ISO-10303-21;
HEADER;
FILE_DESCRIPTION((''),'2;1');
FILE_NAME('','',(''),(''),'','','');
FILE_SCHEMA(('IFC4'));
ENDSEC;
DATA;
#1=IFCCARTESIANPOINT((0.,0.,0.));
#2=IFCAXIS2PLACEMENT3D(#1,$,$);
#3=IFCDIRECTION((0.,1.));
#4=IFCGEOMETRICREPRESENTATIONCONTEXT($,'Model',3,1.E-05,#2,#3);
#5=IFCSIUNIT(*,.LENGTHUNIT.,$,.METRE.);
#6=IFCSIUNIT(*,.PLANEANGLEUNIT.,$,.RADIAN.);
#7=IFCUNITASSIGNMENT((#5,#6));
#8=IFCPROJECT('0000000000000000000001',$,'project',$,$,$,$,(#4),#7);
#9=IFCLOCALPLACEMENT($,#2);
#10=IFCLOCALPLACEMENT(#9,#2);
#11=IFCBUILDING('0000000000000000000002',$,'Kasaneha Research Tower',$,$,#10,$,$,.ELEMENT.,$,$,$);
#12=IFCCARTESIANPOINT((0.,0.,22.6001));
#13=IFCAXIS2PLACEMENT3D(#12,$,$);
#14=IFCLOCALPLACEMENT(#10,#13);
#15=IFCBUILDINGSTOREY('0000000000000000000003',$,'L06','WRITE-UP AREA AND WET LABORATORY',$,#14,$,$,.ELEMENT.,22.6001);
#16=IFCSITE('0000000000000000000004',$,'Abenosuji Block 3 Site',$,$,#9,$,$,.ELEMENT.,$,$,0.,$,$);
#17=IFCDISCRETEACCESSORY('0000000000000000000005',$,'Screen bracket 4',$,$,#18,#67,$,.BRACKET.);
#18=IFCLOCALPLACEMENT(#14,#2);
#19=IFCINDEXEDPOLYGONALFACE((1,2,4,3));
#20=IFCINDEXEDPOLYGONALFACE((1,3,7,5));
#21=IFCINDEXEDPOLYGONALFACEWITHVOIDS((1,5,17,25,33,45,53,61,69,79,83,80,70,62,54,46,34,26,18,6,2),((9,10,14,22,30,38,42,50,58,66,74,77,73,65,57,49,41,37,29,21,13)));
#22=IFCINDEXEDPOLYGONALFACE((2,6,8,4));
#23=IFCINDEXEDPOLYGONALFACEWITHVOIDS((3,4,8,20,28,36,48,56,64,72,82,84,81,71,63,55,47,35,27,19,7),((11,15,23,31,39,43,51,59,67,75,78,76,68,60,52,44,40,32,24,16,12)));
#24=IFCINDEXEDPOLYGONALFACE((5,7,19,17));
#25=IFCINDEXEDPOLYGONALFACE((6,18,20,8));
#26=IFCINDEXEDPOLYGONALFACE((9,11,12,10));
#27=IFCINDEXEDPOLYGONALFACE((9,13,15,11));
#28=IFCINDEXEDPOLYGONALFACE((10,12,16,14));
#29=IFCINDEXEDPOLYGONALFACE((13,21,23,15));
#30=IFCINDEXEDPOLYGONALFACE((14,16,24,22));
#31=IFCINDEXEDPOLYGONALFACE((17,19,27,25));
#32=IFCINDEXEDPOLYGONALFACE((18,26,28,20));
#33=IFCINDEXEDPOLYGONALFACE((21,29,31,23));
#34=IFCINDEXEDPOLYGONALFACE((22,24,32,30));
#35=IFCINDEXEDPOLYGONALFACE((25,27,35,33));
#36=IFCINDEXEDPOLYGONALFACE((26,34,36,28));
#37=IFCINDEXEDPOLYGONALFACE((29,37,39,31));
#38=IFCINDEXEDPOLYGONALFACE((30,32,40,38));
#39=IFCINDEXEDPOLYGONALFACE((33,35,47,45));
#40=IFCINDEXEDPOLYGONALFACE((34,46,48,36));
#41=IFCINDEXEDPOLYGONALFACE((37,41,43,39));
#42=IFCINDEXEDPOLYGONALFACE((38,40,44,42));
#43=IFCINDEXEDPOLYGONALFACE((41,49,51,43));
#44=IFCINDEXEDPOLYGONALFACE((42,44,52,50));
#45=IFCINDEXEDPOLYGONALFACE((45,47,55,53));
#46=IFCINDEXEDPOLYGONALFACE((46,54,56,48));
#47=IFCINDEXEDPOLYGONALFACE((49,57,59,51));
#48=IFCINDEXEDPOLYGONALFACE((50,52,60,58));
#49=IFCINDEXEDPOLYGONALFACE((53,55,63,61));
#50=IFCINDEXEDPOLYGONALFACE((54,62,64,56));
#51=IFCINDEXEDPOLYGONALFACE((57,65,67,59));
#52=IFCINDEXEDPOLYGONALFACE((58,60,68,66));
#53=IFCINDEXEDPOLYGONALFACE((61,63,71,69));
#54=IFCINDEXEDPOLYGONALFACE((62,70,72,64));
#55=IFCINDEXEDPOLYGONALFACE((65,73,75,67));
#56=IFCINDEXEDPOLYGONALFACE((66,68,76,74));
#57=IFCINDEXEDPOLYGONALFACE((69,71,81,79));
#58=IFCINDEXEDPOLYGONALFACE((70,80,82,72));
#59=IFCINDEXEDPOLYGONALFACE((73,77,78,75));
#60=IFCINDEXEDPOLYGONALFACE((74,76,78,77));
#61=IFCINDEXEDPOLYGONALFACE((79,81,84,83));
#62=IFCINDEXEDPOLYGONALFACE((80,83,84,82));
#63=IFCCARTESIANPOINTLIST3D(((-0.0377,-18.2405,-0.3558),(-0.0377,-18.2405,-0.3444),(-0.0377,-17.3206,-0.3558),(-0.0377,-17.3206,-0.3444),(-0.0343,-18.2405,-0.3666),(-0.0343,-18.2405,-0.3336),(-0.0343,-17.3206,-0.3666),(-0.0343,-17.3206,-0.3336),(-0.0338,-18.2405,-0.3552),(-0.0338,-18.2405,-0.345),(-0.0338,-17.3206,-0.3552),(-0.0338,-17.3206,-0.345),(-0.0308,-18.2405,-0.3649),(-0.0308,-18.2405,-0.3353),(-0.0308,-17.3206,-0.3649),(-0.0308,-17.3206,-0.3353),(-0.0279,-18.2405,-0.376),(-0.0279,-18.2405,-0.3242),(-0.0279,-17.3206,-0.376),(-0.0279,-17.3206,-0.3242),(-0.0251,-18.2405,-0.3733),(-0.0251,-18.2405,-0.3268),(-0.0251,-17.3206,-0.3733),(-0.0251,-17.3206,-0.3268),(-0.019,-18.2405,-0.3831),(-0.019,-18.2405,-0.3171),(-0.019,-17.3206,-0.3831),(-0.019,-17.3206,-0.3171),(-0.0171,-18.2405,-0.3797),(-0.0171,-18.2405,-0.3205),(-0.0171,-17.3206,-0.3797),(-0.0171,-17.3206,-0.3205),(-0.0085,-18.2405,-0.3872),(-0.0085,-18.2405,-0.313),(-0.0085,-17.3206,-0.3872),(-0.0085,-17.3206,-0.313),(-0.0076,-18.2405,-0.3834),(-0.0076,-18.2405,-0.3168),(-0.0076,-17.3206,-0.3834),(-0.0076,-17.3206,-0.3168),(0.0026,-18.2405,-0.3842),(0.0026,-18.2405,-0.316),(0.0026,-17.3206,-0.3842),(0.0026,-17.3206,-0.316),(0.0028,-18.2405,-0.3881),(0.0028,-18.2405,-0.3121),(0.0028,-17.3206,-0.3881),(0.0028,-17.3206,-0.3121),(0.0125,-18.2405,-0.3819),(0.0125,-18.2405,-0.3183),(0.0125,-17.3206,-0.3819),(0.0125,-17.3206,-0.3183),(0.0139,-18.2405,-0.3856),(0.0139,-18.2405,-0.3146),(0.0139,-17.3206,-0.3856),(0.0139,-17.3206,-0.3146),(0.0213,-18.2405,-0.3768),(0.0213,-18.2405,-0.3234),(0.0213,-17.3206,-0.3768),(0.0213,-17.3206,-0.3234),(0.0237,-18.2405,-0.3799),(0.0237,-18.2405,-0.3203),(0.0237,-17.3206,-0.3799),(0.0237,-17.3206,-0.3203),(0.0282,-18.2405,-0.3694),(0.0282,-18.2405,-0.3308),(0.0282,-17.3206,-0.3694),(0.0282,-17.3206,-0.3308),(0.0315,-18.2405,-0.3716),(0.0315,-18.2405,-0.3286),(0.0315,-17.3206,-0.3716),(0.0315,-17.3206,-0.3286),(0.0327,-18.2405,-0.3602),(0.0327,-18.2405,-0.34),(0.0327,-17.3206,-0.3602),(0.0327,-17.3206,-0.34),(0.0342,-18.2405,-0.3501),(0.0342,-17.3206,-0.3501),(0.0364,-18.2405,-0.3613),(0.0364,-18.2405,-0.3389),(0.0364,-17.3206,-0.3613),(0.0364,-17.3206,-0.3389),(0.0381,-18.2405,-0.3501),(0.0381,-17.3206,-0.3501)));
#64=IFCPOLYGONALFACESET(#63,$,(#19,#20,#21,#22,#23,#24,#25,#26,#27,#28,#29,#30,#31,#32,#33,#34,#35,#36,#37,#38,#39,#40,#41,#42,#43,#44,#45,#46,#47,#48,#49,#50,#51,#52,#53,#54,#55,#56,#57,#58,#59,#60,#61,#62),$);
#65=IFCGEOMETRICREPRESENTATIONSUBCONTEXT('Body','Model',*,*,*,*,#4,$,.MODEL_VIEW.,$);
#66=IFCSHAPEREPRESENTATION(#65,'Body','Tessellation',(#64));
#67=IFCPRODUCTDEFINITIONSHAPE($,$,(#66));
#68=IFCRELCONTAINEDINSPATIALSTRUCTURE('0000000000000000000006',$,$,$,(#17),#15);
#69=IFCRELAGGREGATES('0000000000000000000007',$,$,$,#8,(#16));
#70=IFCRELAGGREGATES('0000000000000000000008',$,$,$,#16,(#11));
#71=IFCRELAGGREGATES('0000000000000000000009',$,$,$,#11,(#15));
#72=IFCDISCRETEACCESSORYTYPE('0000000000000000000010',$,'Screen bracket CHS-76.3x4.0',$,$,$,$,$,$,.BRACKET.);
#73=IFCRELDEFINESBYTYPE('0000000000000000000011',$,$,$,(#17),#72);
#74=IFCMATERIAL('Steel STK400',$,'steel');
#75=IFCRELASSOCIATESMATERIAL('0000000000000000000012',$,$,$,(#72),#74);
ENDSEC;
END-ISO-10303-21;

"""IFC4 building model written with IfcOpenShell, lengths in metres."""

from ifc_helpers import new_model, si_unit, direction, frame, origin, origin_2d, place, context, subcontext, project, spatial, hollow_circle, extrude, material, material_profile, profile_set, type_object, element, save


model = new_model("IFC4")

# Units and contexts
model_context = context("Model", 3, precision=1e-05, world=origin(), true_north=direction((0.0, 1.0)))
body_context = subcontext(model_context, "Body", "Model", "MODEL_VIEW")
ifc_project = project(units=[si_unit("LENGTHUNIT", "METRE"), si_unit("PLANEANGLEUNIT", "RADIAN")], contexts=[model_context])

# Site, building, storey
site_placement = place(None, origin())
site = spatial("IfcSite", under=ifc_project, at=site_placement, Name="Abenosuji Block 3 Site", CompositionType="ELEMENT", RefElevation=0.0)
building_placement = place(site_placement, origin())
building = spatial("IfcBuilding", under=site, at=building_placement, Name="Kasaneha Research Tower", CompositionType="ELEMENT")
storey_placement = place(building_placement, frame((0.0, 0.0, 22.6001)))
storey = spatial("IfcBuildingStorey", under=building, at=storey_placement, Name="L06", Description="WRITE-UP AREA AND WET LABORATORY", CompositionType="ELEMENT", Elevation=22.6001)

# Discrete accessory
ifc_material_1 = material(Name="Steel STK400", Category="steel")
ifc_material_profile_1 = material_profile(ifc_material_1, hollow_circle(Radius=0.0381, WallThickness=0.0039, at=origin_2d()), Name="CHS-76.3x4.0")
ifc_profile_set_1 = profile_set([ifc_material_profile_1], Name="Steel STK400")
discrete_accessory_type = type_object("IfcDiscreteAccessoryType", Name="Screen bracket CHS-76.3x4.0", PredefinedType="BRACKET", material=ifc_profile_set_1)
for number, where, z_axis, x_axis, name in (
    (1, (0.0, -17.3206, -0.3501), (0.0, -1.0, 0.0), (1.0, 0.0, 0.0), "Screen bracket 4"),
):
    element("IfcDiscreteAccessory", number, at=place(storey_placement, frame(where, z_axis=z_axis, x_axis=x_axis)), inside=storey, type_object=discrete_accessory_type, Name=name, PredefinedType="BRACKET", context=body_context, shape_type="SweptSolid", body=[
        extrude(hollow_circle(Radius=0.0381, WallThickness=0.0039, at=origin_2d()), origin(), (0.0, 0.0, 1.0), 0.9199),
    ])

save(model, "model.ifc")
